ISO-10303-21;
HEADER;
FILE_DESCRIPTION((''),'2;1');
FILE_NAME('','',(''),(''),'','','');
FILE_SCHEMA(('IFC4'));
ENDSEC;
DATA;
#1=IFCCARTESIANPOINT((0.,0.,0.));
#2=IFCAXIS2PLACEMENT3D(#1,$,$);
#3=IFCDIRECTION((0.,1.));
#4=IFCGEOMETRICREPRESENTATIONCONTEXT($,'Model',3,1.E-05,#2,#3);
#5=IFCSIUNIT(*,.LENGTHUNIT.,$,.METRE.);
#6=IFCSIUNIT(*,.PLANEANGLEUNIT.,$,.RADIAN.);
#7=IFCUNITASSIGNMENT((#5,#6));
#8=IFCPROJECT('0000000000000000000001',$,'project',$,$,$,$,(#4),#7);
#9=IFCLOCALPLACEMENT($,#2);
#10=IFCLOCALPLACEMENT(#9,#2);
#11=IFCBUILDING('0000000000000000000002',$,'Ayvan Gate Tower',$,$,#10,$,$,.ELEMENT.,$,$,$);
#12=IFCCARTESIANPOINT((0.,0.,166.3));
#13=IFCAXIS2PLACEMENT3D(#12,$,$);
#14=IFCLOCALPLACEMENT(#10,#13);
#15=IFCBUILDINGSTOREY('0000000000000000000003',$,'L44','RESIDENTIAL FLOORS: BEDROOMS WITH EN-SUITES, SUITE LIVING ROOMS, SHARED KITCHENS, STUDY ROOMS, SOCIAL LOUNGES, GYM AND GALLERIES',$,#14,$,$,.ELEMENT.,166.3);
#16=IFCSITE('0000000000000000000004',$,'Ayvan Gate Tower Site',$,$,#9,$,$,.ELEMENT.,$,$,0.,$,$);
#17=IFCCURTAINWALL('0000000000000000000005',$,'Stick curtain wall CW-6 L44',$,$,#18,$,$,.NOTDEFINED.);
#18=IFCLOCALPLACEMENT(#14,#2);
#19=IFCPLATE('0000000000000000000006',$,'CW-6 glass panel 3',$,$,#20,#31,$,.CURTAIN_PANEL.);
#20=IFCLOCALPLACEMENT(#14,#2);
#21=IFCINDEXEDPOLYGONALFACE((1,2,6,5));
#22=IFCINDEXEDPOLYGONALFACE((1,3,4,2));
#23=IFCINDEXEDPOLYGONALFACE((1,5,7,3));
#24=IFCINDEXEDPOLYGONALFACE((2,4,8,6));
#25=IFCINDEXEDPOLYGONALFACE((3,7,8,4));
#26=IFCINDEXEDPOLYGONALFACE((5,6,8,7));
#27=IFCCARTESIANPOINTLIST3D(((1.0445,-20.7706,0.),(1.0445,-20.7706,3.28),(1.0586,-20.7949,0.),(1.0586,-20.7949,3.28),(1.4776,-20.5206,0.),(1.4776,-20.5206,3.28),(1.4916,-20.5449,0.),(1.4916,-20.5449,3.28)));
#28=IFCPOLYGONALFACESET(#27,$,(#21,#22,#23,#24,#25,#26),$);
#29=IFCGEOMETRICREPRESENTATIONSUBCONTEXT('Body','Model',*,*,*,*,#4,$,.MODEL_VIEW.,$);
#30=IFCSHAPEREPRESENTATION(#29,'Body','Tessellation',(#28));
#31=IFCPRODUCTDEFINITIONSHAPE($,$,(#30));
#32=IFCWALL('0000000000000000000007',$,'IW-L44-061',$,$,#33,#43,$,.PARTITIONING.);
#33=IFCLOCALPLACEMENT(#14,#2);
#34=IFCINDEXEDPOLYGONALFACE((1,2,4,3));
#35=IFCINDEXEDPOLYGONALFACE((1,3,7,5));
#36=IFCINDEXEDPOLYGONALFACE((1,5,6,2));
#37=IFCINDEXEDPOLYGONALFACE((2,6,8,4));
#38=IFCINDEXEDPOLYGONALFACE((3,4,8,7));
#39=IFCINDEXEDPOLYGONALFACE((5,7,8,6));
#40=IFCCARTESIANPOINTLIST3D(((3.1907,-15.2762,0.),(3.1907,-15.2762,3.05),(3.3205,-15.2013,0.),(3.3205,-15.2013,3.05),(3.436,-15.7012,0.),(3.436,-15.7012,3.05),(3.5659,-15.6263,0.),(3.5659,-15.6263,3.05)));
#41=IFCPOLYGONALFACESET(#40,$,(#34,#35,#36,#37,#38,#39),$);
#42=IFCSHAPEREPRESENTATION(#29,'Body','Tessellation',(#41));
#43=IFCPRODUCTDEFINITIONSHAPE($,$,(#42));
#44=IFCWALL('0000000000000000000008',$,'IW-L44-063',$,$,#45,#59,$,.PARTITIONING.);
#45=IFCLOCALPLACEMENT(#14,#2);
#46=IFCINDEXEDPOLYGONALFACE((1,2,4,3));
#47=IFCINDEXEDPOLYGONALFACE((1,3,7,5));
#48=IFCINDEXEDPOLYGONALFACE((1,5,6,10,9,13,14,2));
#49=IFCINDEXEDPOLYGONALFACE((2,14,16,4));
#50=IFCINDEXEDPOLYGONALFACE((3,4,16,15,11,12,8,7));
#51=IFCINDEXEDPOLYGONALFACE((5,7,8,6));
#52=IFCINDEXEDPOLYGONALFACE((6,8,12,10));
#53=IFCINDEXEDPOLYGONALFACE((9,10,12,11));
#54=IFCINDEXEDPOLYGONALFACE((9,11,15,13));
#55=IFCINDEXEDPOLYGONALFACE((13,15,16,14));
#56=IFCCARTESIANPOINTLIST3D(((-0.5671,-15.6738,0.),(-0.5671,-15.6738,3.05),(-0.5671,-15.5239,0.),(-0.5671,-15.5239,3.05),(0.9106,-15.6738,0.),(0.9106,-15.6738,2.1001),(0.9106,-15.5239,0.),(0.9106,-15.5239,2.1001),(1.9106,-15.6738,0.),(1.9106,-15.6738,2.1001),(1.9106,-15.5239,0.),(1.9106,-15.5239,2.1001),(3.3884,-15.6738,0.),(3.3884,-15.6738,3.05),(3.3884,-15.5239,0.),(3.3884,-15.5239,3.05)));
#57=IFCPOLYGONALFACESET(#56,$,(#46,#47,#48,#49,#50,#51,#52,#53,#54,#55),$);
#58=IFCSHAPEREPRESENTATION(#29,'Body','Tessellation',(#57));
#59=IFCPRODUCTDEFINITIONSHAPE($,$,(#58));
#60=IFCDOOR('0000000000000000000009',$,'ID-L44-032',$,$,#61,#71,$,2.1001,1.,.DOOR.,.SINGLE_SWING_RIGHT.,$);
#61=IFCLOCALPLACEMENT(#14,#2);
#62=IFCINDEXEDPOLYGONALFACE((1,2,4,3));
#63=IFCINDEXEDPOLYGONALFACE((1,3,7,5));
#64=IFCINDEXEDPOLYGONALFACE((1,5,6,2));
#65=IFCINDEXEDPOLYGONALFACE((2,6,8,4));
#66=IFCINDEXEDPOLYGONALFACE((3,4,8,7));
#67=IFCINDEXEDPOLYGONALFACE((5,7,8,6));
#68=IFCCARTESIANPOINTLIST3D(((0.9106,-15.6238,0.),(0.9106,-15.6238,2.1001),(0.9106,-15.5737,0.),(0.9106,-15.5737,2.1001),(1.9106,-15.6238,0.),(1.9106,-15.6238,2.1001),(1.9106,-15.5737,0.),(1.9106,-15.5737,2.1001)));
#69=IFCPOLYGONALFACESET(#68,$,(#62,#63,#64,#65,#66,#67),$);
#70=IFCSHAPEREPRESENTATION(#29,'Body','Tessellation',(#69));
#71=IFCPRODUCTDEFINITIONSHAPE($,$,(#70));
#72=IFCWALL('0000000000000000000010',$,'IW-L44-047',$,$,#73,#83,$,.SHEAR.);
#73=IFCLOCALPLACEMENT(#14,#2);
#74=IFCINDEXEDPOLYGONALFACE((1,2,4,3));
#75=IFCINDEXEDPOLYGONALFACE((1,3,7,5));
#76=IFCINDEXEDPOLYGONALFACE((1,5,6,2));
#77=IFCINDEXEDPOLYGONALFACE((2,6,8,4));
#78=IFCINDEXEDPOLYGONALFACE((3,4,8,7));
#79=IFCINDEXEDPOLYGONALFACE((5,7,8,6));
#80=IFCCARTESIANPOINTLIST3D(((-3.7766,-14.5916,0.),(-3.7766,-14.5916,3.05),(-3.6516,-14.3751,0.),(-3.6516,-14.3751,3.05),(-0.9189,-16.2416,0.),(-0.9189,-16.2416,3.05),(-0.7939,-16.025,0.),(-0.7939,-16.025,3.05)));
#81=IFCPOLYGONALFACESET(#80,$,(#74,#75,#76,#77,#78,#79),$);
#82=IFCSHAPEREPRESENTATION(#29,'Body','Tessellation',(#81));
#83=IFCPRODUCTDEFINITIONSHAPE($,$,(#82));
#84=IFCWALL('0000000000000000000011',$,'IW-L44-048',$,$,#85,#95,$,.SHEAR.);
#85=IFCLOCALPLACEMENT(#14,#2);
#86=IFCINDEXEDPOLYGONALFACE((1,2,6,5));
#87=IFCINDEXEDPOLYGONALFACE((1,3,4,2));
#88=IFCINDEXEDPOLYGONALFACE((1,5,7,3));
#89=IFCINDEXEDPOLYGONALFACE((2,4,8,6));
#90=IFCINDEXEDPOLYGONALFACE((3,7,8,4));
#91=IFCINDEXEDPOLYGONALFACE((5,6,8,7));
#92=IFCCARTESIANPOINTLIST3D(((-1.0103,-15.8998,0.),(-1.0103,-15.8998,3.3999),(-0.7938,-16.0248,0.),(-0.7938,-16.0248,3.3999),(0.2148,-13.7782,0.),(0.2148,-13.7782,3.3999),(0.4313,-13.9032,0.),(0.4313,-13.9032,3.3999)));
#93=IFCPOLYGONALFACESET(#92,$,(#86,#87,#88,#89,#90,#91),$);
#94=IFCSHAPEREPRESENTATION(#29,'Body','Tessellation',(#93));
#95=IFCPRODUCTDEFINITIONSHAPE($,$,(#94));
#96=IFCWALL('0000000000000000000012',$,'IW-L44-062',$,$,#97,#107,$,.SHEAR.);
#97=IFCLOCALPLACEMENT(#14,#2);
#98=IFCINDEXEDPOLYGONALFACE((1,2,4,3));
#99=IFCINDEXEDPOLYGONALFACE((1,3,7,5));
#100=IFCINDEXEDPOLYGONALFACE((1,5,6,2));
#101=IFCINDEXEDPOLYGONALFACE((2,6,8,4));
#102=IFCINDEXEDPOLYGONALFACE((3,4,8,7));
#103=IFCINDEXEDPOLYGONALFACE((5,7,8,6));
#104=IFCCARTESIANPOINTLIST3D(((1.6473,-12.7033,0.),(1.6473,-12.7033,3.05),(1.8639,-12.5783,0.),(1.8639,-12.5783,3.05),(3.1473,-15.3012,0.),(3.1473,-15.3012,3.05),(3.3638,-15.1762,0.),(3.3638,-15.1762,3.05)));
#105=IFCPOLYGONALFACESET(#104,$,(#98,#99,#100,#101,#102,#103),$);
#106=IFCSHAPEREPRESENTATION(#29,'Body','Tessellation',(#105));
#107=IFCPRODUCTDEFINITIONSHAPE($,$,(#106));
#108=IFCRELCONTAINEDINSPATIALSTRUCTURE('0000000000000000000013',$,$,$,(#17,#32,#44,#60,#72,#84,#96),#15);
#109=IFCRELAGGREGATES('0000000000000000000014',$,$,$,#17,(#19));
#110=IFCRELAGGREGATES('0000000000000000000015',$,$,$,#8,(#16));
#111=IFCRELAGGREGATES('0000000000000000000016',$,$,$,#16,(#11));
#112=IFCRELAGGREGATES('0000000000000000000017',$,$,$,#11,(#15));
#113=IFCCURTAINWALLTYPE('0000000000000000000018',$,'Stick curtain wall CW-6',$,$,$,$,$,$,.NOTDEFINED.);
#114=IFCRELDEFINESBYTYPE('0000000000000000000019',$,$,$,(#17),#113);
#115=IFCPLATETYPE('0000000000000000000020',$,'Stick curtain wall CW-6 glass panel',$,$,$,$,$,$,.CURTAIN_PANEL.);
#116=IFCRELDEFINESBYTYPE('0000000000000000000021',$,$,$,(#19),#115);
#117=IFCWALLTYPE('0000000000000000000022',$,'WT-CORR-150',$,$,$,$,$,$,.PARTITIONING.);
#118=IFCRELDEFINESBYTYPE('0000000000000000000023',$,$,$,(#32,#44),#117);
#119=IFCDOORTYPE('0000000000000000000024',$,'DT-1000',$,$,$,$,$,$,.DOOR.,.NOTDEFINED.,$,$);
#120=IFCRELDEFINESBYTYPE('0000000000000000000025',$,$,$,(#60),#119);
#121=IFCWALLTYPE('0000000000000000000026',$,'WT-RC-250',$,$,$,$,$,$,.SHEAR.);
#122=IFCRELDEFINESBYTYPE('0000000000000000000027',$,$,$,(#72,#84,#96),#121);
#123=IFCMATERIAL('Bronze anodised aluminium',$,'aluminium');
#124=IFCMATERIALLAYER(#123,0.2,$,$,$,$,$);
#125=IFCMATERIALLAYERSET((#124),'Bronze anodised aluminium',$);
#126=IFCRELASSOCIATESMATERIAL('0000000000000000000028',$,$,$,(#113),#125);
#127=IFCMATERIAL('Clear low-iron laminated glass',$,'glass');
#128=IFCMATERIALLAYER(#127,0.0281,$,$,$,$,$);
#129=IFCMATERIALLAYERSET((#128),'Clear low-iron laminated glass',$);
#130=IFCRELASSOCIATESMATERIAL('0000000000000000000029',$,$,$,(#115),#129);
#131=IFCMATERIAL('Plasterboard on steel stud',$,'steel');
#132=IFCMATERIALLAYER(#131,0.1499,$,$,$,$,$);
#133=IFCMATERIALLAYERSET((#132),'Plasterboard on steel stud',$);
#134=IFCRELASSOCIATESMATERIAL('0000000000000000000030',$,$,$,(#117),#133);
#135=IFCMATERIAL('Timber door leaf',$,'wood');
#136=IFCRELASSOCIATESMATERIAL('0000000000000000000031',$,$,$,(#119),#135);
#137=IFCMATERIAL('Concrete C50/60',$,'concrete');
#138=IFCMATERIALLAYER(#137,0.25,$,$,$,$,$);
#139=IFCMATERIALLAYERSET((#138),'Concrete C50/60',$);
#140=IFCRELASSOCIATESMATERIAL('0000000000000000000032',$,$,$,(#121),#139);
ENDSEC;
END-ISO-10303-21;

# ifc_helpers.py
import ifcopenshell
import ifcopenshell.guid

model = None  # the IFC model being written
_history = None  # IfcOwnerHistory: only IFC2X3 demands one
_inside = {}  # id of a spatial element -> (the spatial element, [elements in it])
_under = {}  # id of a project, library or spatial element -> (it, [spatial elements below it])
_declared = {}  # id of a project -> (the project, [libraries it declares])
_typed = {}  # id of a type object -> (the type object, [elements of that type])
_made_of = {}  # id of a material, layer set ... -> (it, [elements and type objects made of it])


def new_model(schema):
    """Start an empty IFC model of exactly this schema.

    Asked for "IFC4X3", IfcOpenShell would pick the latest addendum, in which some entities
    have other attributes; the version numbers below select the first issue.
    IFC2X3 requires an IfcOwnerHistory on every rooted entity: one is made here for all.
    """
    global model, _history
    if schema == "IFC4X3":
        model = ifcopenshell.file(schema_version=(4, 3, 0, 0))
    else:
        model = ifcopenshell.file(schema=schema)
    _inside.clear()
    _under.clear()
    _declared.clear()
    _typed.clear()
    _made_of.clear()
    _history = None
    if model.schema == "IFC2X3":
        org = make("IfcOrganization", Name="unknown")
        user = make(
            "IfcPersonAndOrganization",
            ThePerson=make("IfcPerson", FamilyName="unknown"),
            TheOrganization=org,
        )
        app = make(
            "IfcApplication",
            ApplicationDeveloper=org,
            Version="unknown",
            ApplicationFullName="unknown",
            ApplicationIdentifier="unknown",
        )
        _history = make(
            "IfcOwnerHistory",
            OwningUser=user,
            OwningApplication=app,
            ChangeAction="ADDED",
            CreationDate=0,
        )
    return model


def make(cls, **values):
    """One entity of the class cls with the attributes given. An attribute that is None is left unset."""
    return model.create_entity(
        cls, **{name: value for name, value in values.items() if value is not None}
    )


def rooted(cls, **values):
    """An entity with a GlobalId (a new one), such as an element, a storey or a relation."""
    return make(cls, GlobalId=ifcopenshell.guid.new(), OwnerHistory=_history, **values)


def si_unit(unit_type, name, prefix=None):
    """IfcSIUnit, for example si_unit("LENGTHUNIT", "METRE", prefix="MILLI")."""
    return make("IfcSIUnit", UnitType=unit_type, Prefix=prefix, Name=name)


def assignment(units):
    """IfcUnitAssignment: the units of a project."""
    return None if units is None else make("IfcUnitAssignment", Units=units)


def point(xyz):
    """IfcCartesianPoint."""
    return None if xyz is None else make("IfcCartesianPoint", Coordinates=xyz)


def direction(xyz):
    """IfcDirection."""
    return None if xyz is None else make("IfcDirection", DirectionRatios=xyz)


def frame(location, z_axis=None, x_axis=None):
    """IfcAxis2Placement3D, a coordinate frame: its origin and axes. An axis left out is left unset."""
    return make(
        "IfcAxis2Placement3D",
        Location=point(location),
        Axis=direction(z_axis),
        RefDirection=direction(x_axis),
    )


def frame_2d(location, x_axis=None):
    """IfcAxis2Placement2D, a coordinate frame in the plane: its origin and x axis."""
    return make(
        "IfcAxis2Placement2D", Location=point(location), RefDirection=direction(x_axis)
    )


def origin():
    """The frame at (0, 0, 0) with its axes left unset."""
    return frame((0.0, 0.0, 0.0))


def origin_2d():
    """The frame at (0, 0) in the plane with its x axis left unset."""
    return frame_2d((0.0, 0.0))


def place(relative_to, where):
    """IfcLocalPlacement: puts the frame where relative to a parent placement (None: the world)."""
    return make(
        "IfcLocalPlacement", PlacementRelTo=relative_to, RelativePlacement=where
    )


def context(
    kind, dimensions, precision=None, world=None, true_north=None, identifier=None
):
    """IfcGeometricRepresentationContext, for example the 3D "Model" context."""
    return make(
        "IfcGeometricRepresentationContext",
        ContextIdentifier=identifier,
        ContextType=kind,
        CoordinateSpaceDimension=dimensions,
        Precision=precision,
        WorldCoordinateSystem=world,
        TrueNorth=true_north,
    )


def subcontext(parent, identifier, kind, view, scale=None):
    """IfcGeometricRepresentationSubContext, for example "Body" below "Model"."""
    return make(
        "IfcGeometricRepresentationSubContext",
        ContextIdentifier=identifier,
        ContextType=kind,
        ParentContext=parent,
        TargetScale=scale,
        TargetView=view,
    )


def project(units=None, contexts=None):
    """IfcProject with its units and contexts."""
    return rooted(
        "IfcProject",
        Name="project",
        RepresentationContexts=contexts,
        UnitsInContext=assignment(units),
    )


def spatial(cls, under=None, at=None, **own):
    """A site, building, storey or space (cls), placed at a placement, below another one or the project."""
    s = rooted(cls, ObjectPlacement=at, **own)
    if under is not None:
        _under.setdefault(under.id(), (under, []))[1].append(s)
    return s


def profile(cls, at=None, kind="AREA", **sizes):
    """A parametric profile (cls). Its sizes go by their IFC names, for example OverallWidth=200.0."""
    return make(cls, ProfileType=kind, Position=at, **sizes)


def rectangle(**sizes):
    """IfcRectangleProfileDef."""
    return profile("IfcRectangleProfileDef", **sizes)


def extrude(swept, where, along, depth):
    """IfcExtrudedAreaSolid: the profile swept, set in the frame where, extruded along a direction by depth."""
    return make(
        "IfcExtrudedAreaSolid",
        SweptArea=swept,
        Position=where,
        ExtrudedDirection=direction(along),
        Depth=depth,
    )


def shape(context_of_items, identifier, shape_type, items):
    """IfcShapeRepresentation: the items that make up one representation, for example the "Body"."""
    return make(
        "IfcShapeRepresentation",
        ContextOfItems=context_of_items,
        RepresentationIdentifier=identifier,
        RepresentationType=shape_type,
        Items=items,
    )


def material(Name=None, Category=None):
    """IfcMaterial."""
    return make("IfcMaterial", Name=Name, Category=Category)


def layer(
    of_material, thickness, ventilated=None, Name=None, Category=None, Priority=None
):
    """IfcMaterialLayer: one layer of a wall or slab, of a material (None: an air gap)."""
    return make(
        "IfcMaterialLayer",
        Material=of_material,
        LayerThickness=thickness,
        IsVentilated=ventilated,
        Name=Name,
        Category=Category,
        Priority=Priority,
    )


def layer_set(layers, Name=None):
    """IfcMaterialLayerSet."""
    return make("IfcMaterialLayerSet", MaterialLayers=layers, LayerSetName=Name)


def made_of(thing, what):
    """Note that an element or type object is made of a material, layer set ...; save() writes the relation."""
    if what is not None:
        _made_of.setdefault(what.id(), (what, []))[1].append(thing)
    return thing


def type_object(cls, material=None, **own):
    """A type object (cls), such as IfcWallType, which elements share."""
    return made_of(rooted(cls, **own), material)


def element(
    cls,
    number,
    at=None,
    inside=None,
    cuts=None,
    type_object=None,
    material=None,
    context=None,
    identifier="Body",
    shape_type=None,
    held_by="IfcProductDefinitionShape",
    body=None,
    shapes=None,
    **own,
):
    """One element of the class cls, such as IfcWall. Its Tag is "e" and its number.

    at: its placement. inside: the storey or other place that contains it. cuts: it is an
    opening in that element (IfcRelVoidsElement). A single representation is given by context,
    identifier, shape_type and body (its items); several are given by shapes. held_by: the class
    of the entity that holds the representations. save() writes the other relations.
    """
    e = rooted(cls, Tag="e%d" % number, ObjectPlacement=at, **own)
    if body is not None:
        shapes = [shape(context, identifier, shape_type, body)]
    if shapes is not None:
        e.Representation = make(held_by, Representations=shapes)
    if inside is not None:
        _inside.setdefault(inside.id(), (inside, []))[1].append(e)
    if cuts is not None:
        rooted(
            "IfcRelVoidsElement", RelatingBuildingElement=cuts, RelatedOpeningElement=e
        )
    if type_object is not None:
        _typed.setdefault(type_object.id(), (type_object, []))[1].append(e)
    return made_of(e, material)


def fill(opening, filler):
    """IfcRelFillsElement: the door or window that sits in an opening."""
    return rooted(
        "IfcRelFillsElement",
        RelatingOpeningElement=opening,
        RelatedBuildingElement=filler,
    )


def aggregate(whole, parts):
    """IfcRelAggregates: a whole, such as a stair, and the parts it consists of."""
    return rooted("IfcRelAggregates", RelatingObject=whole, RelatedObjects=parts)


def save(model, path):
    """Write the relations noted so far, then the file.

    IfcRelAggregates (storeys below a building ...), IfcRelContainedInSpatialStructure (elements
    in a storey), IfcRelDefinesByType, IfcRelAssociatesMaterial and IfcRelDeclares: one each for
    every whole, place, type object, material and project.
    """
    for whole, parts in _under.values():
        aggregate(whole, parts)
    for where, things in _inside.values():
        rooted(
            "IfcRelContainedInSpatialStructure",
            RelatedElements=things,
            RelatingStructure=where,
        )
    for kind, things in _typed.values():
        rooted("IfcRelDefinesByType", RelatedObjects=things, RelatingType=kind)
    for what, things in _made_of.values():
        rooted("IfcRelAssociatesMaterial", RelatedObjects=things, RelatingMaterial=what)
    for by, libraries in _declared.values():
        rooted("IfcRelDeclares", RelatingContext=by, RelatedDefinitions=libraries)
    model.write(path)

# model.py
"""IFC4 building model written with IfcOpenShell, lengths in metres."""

from ifc_helpers import new_model, si_unit, direction, frame, frame_2d, origin, origin_2d, place, context, subcontext, project, spatial, rectangle, extrude, material, layer, layer_set, type_object, element, fill, aggregate, save


model = new_model("IFC4")

# Units and contexts
model_context = context("Model", 3, precision=1e-05, world=origin(), true_north=direction((0.0, 1.0)))
body_context = subcontext(model_context, "Body", "Model", "MODEL_VIEW")
ifc_project = project(units=[si_unit("LENGTHUNIT", "METRE"), si_unit("PLANEANGLEUNIT", "RADIAN")], contexts=[model_context])

# Site, building, storey
site_placement = place(None, origin())
site = spatial("IfcSite", under=ifc_project, at=site_placement, Name="Ayvan Gate Tower Site", CompositionType="ELEMENT", RefElevation=0.0)
building_placement = place(site_placement, origin())
building = spatial("IfcBuilding", under=site, at=building_placement, Name="Ayvan Gate Tower", CompositionType="ELEMENT")
storey_placement = place(building_placement, frame((0.0, 0.0, 166.3)))
storey = spatial("IfcBuildingStorey", under=building, at=storey_placement, Name="L44", Description="RESIDENTIAL FLOORS: BEDROOMS WITH EN-SUITES, SUITE LIVING ROOMS, SHARED KITCHENS, STUDY ROOMS, SOCIAL LOUNGES, GYM AND GALLERIES", CompositionType="ELEMENT", Elevation=166.3)

# Curtain wall
ifc_material_1 = material(Name="Bronze anodised aluminium", Category="aluminium")
ifc_layer_1 = layer(ifc_material_1, 0.2)
ifc_layer_set_1 = layer_set([ifc_layer_1], Name="Bronze anodised aluminium")
curtain_wall_type_1 = type_object("IfcCurtainWallType", Name="Stick curtain wall CW-6", PredefinedType="NOTDEFINED", material=ifc_layer_set_1)
curtain_wall_1_placement = place(storey_placement, origin())
curtain_wall_1 = element("IfcCurtainWall", 1, at=curtain_wall_1_placement, inside=storey, type_object=curtain_wall_type_1, Name="Stick curtain wall CW-6 L44", PredefinedType="NOTDEFINED")

# Plate
ifc_material_2 = material(Name="Clear low-iron laminated glass", Category="glass")
ifc_layer_2 = layer(ifc_material_2, 0.0281)
ifc_layer_set_2 = layer_set([ifc_layer_2], Name="Clear low-iron laminated glass")
plate_type_1 = type_object("IfcPlateType", Name="Stick curtain wall CW-6 glass panel", PredefinedType="CURTAIN_PANEL", material=ifc_layer_set_2)
plate_1_placement = place(storey_placement, frame((1.2681, -20.6577, 0.0), z_axis=(0.0, 0.0, 1.0), x_axis=(0.866025, 0.5, 0.0)))
plate_1 = element("IfcPlate", 2, at=plate_1_placement, type_object=plate_type_1, Name="CW-6 glass panel 3", PredefinedType="CURTAIN_PANEL", context=body_context, shape_type="SweptSolid", body=[
    extrude(rectangle(XDim=0.5, YDim=0.0281, at=origin_2d()), origin(), (0.0, 0.0, 1.0), 3.28),
])
aggregate(curtain_wall_1, [plate_1])

# Wall
ifc_material_3 = material(Name="Plasterboard on steel stud", Category="steel")
ifc_layer_3 = layer(ifc_material_3, 0.1499)
ifc_layer_set_3 = layer_set([ifc_layer_3], Name="Plasterboard on steel stud")
wall_type_1 = type_object("IfcWallType", Name="WT-CORR-150", PredefinedType="PARTITIONING", material=ifc_layer_set_3)
wall_1_placement = place(storey_placement, frame((3.2556, -15.2388, 0.0), z_axis=(0.0, 0.0, 1.0), x_axis=(0.499938, -0.866061, 0.0)))
element("IfcWall", 3, at=wall_1_placement, inside=storey, type_object=wall_type_1, Name="IW-L44-061", PredefinedType="PARTITIONING", context=body_context, shape_type="SweptSolid", body=[
    extrude(rectangle(XDim=0.4907, YDim=0.1499, at=frame_2d((0.2454, 0.0))), origin(), (0.0, 0.0, 1.0), 3.05),
])

# Wall, opening, door
wall_2_placement = place(storey_placement, frame((3.3884, -15.5989, 0.0), z_axis=(0.0, 0.0, 1.0), x_axis=(-1.0, 0.0, 0.0)))
wall_2 = element("IfcWall", 4, at=wall_2_placement, inside=storey, type_object=wall_type_1, Name="IW-L44-063", PredefinedType="PARTITIONING", context=body_context, shape_type="SweptSolid", body=[
    extrude(rectangle(XDim=3.9556, YDim=0.1499, at=frame_2d((1.9778, 0.0))), origin(), (0.0, 0.0, 1.0), 3.05),
])
opening_placement = place(wall_2_placement, frame((1.4778, 0.0, 0.0)))
opening = element("IfcOpeningElement", 5, at=opening_placement, cuts=wall_2, PredefinedType="OPENING", context=body_context, shape_type="SweptSolid", body=[
    extrude(rectangle(XDim=1.0, YDim=2.1001, at=frame_2d((0.5, 1.05))), frame((0.0, 0.085, 0.0), z_axis=(0.0, -1.0, 0.0), x_axis=(1.0, 0.0, 0.0)), (0.0, 0.0, 1.0), 0.1699),
])
ifc_material_4 = material(Name="Timber door leaf", Category="wood")
door_type = type_object("IfcDoorType", Name="DT-1000", OperationType="NOTDEFINED", PredefinedType="DOOR", material=ifc_material_4)
door_placement = place(opening_placement, origin())
door = element("IfcDoor", 6, at=door_placement, inside=storey, type_object=door_type, Name="ID-L44-032", OperationType="SINGLE_SWING_RIGHT", OverallHeight=2.1001, OverallWidth=1.0, PredefinedType="DOOR", context=body_context, shape_type="SweptSolid", body=[
    extrude(rectangle(XDim=1.0, YDim=2.1001, at=frame_2d((0.5, 1.05))), frame((0.0, 0.0249, 0.0), z_axis=(0.0, -1.0, 0.0), x_axis=(1.0, 0.0, 0.0)), (0.0, 0.0, 1.0), 0.05),
])
fill(opening, door)

# Walls
ifc_material_5 = material(Name="Concrete C50/60", Category="concrete")
ifc_layer_4 = layer(ifc_material_5, 0.25)
ifc_layer_set_4 = layer_set([ifc_layer_4], Name="Concrete C50/60")
wall_type_2 = type_object("IfcWallType", Name="WT-RC-250", PredefinedType="SHEAR", material=ifc_layer_set_4)
wall_3_placement = place(storey_placement, frame((-0.8564, -16.1333, 0.0), z_axis=(0.0, 0.0, 1.0), x_axis=(-0.866022, 0.500006, 0.0)))
element("IfcWall", 7, at=wall_3_placement, inside=storey, type_object=wall_type_2, Name="IW-L44-047", PredefinedType="SHEAR", context=body_context, shape_type="SweptSolid", body=[
    extrude(rectangle(XDim=3.2998, YDim=0.25, at=frame_2d((1.6499, 0.0))), origin(), (0.0, 0.0, 1.0), 3.05),
])
wall_4_placement = place(storey_placement, frame((-0.9021, -15.9624, 0.0), z_axis=(0.0, 0.0, 1.0), x_axis=(0.500062, 0.86599, 0.0)))
element("IfcWall", 8, at=wall_4_placement, inside=storey, type_object=wall_type_2, Name="IW-L44-048", PredefinedType="SHEAR", context=body_context, shape_type="SweptSolid", body=[
    extrude(rectangle(XDim=2.45, YDim=0.25, at=frame_2d((1.2251, 0.0))), origin(), (0.0, 0.0, 1.0), 3.3999),
])
wall_5_placement = place(storey_placement, frame((3.2556, -15.2388, 0.0), z_axis=(0.0, 0.0, 1.0), x_axis=(-0.500025, 0.866011, 0.0)))
element("IfcWall", 9, at=wall_5_placement, inside=storey, type_object=wall_type_2, Name="IW-L44-062", PredefinedType="SHEAR", context=body_context, shape_type="SweptSolid", body=[
    extrude(rectangle(XDim=2.9998, YDim=0.25, at=frame_2d((1.5, 0.0))), origin(), (0.0, 0.0, 1.0), 3.05),
])

save(model, "model.ifc")
